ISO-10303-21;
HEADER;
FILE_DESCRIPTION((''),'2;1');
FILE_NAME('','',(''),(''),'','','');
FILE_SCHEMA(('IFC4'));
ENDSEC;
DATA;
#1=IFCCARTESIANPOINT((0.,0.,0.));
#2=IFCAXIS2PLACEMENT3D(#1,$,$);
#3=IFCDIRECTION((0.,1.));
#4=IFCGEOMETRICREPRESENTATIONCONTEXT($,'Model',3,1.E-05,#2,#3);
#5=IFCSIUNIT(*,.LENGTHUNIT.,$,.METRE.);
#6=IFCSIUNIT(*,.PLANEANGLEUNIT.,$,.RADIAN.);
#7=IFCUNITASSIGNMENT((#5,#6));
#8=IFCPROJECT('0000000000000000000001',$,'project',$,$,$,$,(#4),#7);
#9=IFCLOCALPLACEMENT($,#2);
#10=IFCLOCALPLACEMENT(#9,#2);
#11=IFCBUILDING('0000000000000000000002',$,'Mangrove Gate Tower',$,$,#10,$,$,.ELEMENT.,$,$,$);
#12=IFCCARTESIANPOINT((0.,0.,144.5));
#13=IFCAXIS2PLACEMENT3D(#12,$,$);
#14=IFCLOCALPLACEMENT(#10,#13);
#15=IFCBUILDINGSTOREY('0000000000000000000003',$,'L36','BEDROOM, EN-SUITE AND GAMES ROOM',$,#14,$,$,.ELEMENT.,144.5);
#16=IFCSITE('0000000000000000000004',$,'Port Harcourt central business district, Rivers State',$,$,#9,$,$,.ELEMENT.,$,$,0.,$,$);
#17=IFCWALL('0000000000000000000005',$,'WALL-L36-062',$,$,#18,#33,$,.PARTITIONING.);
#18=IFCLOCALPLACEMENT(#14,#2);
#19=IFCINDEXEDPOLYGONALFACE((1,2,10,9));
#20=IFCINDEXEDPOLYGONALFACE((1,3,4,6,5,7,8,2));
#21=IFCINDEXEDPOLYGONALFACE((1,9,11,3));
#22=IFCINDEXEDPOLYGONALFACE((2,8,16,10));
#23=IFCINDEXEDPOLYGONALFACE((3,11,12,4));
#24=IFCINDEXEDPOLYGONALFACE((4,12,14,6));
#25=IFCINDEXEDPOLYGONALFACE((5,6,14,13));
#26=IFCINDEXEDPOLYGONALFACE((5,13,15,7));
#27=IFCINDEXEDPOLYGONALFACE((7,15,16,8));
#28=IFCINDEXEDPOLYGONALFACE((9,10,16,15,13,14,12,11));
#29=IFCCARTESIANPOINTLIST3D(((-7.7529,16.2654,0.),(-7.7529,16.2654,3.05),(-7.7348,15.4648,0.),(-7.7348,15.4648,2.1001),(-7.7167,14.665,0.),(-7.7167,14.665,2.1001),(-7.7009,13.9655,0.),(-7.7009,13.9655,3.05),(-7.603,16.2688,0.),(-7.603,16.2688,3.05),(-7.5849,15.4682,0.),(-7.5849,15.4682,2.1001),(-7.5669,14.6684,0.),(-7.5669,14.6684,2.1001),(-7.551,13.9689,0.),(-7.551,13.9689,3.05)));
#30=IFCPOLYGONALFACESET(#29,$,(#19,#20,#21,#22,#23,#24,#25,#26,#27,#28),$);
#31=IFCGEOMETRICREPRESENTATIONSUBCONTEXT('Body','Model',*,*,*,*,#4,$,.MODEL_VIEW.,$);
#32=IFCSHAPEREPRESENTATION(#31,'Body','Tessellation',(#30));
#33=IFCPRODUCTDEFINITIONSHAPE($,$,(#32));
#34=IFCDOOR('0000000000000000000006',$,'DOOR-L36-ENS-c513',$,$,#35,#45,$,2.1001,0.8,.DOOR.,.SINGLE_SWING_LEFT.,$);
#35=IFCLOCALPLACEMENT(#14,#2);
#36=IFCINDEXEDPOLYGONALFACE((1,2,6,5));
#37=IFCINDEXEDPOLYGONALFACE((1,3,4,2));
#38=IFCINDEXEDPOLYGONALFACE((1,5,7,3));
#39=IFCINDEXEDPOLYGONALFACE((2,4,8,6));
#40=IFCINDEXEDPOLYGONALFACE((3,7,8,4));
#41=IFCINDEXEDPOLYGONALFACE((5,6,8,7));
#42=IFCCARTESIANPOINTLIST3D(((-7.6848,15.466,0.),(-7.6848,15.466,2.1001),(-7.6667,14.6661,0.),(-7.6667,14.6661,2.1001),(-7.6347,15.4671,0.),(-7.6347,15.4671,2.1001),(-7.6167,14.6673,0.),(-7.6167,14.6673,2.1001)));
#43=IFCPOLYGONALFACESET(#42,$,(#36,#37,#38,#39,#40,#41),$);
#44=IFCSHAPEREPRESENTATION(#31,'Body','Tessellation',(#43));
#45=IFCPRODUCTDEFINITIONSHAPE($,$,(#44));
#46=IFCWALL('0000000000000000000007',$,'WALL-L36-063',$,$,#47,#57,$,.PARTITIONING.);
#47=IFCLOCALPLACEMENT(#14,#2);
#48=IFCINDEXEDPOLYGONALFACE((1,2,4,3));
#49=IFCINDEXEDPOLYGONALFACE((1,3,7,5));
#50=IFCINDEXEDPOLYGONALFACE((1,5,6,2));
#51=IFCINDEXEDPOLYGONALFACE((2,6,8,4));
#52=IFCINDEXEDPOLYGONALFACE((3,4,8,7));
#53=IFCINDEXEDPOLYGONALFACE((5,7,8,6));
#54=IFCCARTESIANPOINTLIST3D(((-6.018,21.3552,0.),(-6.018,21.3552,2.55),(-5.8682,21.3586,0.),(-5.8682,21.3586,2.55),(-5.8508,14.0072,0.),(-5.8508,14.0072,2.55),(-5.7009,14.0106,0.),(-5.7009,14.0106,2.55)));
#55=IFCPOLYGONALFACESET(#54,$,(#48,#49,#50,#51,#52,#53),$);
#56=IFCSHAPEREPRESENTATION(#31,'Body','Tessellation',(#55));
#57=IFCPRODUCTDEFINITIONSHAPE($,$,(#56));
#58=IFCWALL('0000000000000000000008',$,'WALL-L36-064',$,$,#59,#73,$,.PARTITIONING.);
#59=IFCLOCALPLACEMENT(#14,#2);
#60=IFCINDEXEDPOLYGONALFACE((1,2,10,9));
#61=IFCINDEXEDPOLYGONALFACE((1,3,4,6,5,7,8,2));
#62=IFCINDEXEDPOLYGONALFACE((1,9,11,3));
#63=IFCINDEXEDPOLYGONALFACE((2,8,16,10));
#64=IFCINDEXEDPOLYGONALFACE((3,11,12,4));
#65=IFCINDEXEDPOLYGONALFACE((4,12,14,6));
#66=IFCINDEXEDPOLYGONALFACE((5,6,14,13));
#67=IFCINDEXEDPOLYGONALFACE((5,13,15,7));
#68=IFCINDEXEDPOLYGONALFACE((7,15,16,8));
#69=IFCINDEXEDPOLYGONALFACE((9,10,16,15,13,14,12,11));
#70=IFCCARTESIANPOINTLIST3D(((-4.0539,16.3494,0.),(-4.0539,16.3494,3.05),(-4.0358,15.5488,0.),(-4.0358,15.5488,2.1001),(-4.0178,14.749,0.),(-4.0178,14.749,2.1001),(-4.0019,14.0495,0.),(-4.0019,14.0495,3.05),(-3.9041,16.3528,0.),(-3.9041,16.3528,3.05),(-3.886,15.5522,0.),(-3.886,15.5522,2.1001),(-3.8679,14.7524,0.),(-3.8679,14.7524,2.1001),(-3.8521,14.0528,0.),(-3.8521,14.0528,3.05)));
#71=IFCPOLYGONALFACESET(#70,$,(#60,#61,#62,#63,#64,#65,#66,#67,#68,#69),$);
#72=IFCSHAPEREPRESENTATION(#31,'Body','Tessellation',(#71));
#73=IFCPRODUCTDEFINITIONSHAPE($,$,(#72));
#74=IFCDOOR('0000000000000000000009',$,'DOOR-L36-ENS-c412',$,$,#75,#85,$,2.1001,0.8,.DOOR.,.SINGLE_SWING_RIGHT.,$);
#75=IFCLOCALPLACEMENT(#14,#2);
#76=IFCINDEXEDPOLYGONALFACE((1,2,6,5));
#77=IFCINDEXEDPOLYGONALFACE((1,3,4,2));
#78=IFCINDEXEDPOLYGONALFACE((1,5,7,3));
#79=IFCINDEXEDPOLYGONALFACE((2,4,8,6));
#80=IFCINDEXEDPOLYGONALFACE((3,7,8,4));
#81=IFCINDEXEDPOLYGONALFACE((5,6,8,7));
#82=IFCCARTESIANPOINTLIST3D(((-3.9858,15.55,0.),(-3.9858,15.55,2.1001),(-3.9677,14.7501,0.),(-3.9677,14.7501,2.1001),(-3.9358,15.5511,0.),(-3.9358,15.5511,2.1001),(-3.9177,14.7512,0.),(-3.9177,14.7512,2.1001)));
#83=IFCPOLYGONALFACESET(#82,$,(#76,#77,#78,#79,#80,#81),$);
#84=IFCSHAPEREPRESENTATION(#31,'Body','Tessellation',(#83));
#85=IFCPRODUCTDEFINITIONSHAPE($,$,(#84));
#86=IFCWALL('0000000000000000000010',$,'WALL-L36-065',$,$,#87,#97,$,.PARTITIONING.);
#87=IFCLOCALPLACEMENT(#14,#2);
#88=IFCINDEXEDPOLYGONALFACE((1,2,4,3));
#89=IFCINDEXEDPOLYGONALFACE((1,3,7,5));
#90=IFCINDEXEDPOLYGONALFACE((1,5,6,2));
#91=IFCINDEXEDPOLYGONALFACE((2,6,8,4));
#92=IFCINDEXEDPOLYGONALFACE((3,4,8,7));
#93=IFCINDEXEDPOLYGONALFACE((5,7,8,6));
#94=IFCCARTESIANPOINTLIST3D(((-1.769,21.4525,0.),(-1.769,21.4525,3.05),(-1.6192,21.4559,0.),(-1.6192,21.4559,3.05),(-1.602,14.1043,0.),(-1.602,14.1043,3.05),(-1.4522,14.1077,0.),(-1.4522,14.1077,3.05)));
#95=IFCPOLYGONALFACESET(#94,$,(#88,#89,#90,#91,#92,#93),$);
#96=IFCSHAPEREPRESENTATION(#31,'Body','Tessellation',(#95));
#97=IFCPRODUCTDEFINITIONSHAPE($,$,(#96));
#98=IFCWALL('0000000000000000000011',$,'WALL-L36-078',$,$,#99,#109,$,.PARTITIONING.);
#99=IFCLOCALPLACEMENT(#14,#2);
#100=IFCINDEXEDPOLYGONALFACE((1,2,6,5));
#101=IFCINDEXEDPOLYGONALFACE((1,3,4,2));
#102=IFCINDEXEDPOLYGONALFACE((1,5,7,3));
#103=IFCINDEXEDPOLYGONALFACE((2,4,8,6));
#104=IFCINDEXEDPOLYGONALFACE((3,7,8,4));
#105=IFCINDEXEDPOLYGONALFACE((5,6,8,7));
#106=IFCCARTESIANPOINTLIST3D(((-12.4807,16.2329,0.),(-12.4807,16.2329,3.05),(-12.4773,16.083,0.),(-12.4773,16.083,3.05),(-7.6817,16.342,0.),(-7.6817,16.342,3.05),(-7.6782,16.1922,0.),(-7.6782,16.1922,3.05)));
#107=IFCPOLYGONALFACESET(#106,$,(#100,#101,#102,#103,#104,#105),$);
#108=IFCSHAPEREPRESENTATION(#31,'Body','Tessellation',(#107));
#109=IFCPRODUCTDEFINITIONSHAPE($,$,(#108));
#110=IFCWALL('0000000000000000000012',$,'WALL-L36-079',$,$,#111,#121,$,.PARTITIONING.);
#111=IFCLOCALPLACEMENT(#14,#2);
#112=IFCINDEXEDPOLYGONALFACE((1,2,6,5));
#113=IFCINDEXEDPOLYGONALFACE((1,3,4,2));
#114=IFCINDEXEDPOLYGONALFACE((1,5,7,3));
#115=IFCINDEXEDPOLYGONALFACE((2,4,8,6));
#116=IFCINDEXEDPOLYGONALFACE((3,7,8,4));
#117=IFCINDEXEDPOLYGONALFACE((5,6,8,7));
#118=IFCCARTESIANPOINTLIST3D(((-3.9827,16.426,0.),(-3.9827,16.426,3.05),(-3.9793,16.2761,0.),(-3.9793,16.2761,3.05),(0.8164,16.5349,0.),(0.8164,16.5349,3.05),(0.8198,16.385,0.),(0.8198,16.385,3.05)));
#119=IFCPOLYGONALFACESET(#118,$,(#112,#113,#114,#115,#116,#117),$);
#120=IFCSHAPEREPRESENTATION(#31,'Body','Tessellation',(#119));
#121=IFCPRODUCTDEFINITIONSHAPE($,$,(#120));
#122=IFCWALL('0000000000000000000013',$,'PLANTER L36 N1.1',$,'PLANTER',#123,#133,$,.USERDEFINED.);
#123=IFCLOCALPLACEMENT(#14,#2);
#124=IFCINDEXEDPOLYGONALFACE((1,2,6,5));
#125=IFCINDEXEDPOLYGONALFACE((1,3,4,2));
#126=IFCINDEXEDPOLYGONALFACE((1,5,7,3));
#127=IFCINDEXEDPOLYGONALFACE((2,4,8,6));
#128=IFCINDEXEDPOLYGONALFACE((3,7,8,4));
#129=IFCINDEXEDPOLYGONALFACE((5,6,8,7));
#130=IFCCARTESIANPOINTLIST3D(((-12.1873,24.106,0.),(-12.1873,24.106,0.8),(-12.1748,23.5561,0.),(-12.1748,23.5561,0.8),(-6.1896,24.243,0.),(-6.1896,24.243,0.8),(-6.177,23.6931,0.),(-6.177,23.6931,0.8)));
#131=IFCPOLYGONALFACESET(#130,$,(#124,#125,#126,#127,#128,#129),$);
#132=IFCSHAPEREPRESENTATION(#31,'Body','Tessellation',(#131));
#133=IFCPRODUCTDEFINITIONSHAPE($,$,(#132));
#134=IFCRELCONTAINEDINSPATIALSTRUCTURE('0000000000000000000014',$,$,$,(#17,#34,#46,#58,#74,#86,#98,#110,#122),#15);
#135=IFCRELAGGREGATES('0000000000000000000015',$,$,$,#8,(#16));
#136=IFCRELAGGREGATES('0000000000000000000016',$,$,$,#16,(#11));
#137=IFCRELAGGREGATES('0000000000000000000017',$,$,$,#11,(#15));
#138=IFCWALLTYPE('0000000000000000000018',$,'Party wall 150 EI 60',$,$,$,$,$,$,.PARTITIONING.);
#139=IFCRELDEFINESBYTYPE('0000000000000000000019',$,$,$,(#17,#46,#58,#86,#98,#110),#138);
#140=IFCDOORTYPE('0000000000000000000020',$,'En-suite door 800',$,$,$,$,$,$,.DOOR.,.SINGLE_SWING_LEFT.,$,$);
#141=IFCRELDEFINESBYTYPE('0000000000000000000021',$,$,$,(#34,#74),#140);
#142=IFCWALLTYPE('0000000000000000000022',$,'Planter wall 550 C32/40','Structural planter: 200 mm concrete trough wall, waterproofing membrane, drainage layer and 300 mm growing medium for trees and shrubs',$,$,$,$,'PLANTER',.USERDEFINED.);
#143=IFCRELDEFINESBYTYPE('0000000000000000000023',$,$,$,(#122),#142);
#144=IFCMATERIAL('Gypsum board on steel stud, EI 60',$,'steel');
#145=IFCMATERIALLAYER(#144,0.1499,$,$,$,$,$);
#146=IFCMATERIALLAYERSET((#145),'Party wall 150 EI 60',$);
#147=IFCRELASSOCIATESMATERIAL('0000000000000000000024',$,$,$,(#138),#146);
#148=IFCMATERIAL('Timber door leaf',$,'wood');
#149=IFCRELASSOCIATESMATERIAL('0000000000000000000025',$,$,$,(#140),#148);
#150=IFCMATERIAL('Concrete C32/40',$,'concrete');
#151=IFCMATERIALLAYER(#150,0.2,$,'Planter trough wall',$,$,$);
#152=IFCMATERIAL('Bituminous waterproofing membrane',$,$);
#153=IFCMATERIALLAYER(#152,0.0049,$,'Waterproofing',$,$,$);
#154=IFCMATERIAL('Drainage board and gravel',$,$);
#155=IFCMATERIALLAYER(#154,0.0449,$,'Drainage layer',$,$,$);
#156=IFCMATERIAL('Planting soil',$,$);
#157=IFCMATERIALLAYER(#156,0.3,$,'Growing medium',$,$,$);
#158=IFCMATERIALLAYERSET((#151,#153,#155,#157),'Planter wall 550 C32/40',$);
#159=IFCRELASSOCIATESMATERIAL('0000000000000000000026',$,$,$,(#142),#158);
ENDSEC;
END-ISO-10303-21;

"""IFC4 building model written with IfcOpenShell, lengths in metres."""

from ifc_helpers import new_model, si_unit, direction, frame, frame_2d, origin, place, context, subcontext, project, spatial, rectangle, extrude, material, layer, layer_set, type_object, element, fill, save


model = new_model("IFC4")

# Units and contexts
model_context = context("Model", 3, precision=1e-05, world=origin(), true_north=direction((0.0, 1.0)))
body_context = subcontext(model_context, "Body", "Model", "MODEL_VIEW")
ifc_project = project(units=[si_unit("LENGTHUNIT", "METRE"), si_unit("PLANEANGLEUNIT", "RADIAN")], contexts=[model_context])

# Site, building, storey
site_placement = place(None, origin())
site = spatial("IfcSite", under=ifc_project, at=site_placement, Name="Port Harcourt central business district, Rivers State", CompositionType="ELEMENT", RefElevation=0.0)
building_placement = place(site_placement, origin())
building = spatial("IfcBuilding", under=site, at=building_placement, Name="Mangrove Gate Tower", CompositionType="ELEMENT")
storey_placement = place(building_placement, frame((0.0, 0.0, 144.5)))
storey = spatial("IfcBuildingStorey", under=building, at=storey_placement, Name="L36", Description="BEDROOM, EN-SUITE AND GAMES ROOM", CompositionType="ELEMENT", Elevation=144.5)

# Shared definitions
ifc_material_1 = material(Name="Gypsum board on steel stud, EI 60", Category="steel")
ifc_layer_1 = layer(ifc_material_1, 0.1499)
ifc_layer_set_1 = layer_set([ifc_layer_1], Name="Party wall 150 EI 60")
wall_type_1 = type_object("IfcWallType", Name="Party wall 150 EI 60", PredefinedType="PARTITIONING", material=ifc_layer_set_1)
ifc_material_2 = material(Name="Timber door leaf", Category="wood")
door_type = type_object("IfcDoorType", Name="En-suite door 800", OperationType="SINGLE_SWING_LEFT", PredefinedType="DOOR", material=ifc_material_2)

# Wall, opening, door
wall_1_placement = place(storey_placement, frame((-7.626, 13.967, 0.0), z_axis=(0.0, 0.0, 1.0), x_axis=(-0.022603, 0.999745, 0.0)))
wall_1 = element("IfcWall", 1, at=wall_1_placement, inside=storey, type_object=wall_type_1, Name="WALL-L36-062", PredefinedType="PARTITIONING", context=body_context, shape_type="SweptSolid", body=[
    extrude(rectangle(XDim=2.3005, YDim=0.1499, at=frame_2d((1.1504, 0.0))), origin(), (0.0, 0.0, 1.0), 3.05),
])
opening_1_placement = place(wall_1_placement, frame((0.7, 0.0, 0.0)))
opening_1 = element("IfcOpeningElement", 2, at=opening_1_placement, cuts=wall_1, PredefinedType="OPENING", context=body_context, shape_type="SweptSolid", body=[
    extrude(rectangle(XDim=0.8, YDim=2.1001, at=frame_2d((0.3999, 1.05))), frame((0.0, 0.085, 0.0), z_axis=(0.0, -1.0, 0.0), x_axis=(1.0, 0.0, 0.0)), (0.0, 0.0, 1.0), 0.1699),
])
door_1_placement = place(opening_1_placement, origin())
door_1 = element("IfcDoor", 3, at=door_1_placement, inside=storey, type_object=door_type, Name="DOOR-L36-ENS-c513", OperationType="SINGLE_SWING_LEFT", OverallHeight=2.1001, OverallWidth=0.8, PredefinedType="DOOR", context=body_context, shape_type="SweptSolid", body=[
    extrude(rectangle(XDim=0.8, YDim=2.1001, at=frame_2d((0.3999, 1.05))), frame((0.0, 0.0249, 0.0), z_axis=(0.0, -1.0, 0.0), x_axis=(1.0, 0.0, 0.0)), (0.0, 0.0, 1.0), 0.05),
])
fill(opening_1, door_1)

# Wall
wall_2_placement = place(storey_placement, frame((-5.7759, 14.009, 0.0), z_axis=(0.0, 0.0, 1.0), x_axis=(-0.022754, 0.999741, 0.0)))
element("IfcWall", 4, at=wall_2_placement, inside=storey, type_object=wall_type_1, Name="WALL-L36-063", PredefinedType="PARTITIONING", context=body_context, shape_type="SweptSolid", body=[
    extrude(rectangle(XDim=7.3499, YDim=0.1499, at=frame_2d((3.6748, 0.0))), origin(), (0.0, 0.0, 1.0), 2.55),
])

# Wall, opening, door
wall_3_placement = place(storey_placement, frame((-3.927, 14.051, 0.0), z_axis=(0.0, 0.0, 1.0), x_axis=(-0.022603, 0.999745, 0.0)))
wall_3 = element("IfcWall", 5, at=wall_3_placement, inside=storey, type_object=wall_type_1, Name="WALL-L36-064", PredefinedType="PARTITIONING", context=body_context, shape_type="SweptSolid", body=[
    extrude(rectangle(XDim=2.3005, YDim=0.1499, at=frame_2d((1.1504, 0.0))), origin(), (0.0, 0.0, 1.0), 3.05),
])
opening_2_placement = place(wall_3_placement, frame((0.7, 0.0, 0.0)))
opening_2 = element("IfcOpeningElement", 6, at=opening_2_placement, cuts=wall_3, PredefinedType="OPENING", context=body_context, shape_type="SweptSolid", body=[
    extrude(rectangle(XDim=0.8, YDim=2.1001, at=frame_2d((0.3999, 1.05))), frame((0.0, 0.085, 0.0), z_axis=(0.0, -1.0, 0.0), x_axis=(1.0, 0.0, 0.0)), (0.0, 0.0, 1.0), 0.1699),
])
door_2_placement = place(opening_2_placement, origin())
door_2 = element("IfcDoor", 7, at=door_2_placement, inside=storey, type_object=door_type, Name="DOOR-L36-ENS-c412", OperationType="SINGLE_SWING_RIGHT", OverallHeight=2.1001, OverallWidth=0.8, PredefinedType="DOOR", context=body_context, shape_type="SweptSolid", body=[
    extrude(rectangle(XDim=0.8, YDim=2.1001, at=frame_2d((0.3999, 1.05))), frame((0.0, 0.0249, 0.0), z_axis=(0.0, -1.0, 0.0), x_axis=(1.0, 0.0, 0.0)), (0.0, 0.0, 1.0), 0.05),
])
fill(opening_2, door_2)

# Walls
wall_4_placement = place(storey_placement, frame((-1.5271, 14.106, 0.0), z_axis=(0.0, 0.0, 1.0), x_axis=(-0.02272, 0.999742, 0.0)))
element("IfcWall", 8, at=wall_4_placement, inside=storey, type_object=wall_type_1, Name="WALL-L36-065", PredefinedType="PARTITIONING", context=body_context, shape_type="SweptSolid", body=[
    extrude(rectangle(XDim=7.3501, YDim=0.1499, at=frame_2d((3.675, 0.0))), origin(), (0.0, 0.0, 1.0), 3.05),
])
for number, where, z_axis, x_axis, name in (
    (9, (-12.479, 16.158, 0.0), (0.0, 0.0, 1.0), (0.999742, 0.022734, 0.0), "WALL-L36-078"),
    (10, (-3.981, 16.3511, 0.0), (0.0, 0.0, 1.0), (0.999743, 0.022683, 0.0), "WALL-L36-079"),
):
    element("IfcWall", number, at=place(storey_placement, frame(where, z_axis=z_axis, x_axis=x_axis)), inside=storey, type_object=wall_type_1, Name=name, PredefinedType="PARTITIONING", context=body_context, shape_type="SweptSolid", body=[
        extrude(rectangle(XDim=4.8003, YDim=0.1499, at=frame_2d((2.4001, 0.0))), origin(), (0.0, 0.0, 1.0), 3.05),
    ])
ifc_material_3 = material(Name="Concrete C32/40", Category="concrete")
ifc_layer_2 = layer(ifc_material_3, 0.2, Name="Planter trough wall")
ifc_material_4 = material(Name="Bituminous waterproofing membrane")
ifc_layer_3 = layer(ifc_material_4, 0.0049, Name="Waterproofing")
ifc_material_5 = material(Name="Drainage board and gravel")
ifc_layer_4 = layer(ifc_material_5, 0.0449, Name="Drainage layer")
ifc_material_6 = material(Name="Planting soil")
ifc_layer_5 = layer(ifc_material_6, 0.3, Name="Growing medium")
ifc_layer_set_2 = layer_set([ifc_layer_2, ifc_layer_3, ifc_layer_4, ifc_layer_5], Name="Planter wall 550 C32/40")
wall_type_2 = type_object("IfcWallType", Name="Planter wall 550 C32/40", Description="Structural planter: 200 mm concrete trough wall, waterproofing membrane, drainage layer and 300 mm growing medium for trees and shrubs", ElementType="PLANTER", PredefinedType="USERDEFINED", material=ifc_layer_set_2)
wall_5_placement = place(storey_placement, frame((-12.1809, 23.8311, 0.0), z_axis=(0.0, 0.0, 1.0), x_axis=(0.999739, 0.02283, 0.0)))
element("IfcWall", 11, at=wall_5_placement, inside=storey, type_object=wall_type_2, Name="PLANTER L36 N1.1", ObjectType="PLANTER", PredefinedType="USERDEFINED", context=body_context, shape_type="SweptSolid", body=[
    extrude(rectangle(XDim=5.9993, YDim=0.55, at=frame_2d((2.9995, 0.0))), origin(), (0.0, 0.0, 1.0), 0.8),
])

save(model, "model.ifc")
